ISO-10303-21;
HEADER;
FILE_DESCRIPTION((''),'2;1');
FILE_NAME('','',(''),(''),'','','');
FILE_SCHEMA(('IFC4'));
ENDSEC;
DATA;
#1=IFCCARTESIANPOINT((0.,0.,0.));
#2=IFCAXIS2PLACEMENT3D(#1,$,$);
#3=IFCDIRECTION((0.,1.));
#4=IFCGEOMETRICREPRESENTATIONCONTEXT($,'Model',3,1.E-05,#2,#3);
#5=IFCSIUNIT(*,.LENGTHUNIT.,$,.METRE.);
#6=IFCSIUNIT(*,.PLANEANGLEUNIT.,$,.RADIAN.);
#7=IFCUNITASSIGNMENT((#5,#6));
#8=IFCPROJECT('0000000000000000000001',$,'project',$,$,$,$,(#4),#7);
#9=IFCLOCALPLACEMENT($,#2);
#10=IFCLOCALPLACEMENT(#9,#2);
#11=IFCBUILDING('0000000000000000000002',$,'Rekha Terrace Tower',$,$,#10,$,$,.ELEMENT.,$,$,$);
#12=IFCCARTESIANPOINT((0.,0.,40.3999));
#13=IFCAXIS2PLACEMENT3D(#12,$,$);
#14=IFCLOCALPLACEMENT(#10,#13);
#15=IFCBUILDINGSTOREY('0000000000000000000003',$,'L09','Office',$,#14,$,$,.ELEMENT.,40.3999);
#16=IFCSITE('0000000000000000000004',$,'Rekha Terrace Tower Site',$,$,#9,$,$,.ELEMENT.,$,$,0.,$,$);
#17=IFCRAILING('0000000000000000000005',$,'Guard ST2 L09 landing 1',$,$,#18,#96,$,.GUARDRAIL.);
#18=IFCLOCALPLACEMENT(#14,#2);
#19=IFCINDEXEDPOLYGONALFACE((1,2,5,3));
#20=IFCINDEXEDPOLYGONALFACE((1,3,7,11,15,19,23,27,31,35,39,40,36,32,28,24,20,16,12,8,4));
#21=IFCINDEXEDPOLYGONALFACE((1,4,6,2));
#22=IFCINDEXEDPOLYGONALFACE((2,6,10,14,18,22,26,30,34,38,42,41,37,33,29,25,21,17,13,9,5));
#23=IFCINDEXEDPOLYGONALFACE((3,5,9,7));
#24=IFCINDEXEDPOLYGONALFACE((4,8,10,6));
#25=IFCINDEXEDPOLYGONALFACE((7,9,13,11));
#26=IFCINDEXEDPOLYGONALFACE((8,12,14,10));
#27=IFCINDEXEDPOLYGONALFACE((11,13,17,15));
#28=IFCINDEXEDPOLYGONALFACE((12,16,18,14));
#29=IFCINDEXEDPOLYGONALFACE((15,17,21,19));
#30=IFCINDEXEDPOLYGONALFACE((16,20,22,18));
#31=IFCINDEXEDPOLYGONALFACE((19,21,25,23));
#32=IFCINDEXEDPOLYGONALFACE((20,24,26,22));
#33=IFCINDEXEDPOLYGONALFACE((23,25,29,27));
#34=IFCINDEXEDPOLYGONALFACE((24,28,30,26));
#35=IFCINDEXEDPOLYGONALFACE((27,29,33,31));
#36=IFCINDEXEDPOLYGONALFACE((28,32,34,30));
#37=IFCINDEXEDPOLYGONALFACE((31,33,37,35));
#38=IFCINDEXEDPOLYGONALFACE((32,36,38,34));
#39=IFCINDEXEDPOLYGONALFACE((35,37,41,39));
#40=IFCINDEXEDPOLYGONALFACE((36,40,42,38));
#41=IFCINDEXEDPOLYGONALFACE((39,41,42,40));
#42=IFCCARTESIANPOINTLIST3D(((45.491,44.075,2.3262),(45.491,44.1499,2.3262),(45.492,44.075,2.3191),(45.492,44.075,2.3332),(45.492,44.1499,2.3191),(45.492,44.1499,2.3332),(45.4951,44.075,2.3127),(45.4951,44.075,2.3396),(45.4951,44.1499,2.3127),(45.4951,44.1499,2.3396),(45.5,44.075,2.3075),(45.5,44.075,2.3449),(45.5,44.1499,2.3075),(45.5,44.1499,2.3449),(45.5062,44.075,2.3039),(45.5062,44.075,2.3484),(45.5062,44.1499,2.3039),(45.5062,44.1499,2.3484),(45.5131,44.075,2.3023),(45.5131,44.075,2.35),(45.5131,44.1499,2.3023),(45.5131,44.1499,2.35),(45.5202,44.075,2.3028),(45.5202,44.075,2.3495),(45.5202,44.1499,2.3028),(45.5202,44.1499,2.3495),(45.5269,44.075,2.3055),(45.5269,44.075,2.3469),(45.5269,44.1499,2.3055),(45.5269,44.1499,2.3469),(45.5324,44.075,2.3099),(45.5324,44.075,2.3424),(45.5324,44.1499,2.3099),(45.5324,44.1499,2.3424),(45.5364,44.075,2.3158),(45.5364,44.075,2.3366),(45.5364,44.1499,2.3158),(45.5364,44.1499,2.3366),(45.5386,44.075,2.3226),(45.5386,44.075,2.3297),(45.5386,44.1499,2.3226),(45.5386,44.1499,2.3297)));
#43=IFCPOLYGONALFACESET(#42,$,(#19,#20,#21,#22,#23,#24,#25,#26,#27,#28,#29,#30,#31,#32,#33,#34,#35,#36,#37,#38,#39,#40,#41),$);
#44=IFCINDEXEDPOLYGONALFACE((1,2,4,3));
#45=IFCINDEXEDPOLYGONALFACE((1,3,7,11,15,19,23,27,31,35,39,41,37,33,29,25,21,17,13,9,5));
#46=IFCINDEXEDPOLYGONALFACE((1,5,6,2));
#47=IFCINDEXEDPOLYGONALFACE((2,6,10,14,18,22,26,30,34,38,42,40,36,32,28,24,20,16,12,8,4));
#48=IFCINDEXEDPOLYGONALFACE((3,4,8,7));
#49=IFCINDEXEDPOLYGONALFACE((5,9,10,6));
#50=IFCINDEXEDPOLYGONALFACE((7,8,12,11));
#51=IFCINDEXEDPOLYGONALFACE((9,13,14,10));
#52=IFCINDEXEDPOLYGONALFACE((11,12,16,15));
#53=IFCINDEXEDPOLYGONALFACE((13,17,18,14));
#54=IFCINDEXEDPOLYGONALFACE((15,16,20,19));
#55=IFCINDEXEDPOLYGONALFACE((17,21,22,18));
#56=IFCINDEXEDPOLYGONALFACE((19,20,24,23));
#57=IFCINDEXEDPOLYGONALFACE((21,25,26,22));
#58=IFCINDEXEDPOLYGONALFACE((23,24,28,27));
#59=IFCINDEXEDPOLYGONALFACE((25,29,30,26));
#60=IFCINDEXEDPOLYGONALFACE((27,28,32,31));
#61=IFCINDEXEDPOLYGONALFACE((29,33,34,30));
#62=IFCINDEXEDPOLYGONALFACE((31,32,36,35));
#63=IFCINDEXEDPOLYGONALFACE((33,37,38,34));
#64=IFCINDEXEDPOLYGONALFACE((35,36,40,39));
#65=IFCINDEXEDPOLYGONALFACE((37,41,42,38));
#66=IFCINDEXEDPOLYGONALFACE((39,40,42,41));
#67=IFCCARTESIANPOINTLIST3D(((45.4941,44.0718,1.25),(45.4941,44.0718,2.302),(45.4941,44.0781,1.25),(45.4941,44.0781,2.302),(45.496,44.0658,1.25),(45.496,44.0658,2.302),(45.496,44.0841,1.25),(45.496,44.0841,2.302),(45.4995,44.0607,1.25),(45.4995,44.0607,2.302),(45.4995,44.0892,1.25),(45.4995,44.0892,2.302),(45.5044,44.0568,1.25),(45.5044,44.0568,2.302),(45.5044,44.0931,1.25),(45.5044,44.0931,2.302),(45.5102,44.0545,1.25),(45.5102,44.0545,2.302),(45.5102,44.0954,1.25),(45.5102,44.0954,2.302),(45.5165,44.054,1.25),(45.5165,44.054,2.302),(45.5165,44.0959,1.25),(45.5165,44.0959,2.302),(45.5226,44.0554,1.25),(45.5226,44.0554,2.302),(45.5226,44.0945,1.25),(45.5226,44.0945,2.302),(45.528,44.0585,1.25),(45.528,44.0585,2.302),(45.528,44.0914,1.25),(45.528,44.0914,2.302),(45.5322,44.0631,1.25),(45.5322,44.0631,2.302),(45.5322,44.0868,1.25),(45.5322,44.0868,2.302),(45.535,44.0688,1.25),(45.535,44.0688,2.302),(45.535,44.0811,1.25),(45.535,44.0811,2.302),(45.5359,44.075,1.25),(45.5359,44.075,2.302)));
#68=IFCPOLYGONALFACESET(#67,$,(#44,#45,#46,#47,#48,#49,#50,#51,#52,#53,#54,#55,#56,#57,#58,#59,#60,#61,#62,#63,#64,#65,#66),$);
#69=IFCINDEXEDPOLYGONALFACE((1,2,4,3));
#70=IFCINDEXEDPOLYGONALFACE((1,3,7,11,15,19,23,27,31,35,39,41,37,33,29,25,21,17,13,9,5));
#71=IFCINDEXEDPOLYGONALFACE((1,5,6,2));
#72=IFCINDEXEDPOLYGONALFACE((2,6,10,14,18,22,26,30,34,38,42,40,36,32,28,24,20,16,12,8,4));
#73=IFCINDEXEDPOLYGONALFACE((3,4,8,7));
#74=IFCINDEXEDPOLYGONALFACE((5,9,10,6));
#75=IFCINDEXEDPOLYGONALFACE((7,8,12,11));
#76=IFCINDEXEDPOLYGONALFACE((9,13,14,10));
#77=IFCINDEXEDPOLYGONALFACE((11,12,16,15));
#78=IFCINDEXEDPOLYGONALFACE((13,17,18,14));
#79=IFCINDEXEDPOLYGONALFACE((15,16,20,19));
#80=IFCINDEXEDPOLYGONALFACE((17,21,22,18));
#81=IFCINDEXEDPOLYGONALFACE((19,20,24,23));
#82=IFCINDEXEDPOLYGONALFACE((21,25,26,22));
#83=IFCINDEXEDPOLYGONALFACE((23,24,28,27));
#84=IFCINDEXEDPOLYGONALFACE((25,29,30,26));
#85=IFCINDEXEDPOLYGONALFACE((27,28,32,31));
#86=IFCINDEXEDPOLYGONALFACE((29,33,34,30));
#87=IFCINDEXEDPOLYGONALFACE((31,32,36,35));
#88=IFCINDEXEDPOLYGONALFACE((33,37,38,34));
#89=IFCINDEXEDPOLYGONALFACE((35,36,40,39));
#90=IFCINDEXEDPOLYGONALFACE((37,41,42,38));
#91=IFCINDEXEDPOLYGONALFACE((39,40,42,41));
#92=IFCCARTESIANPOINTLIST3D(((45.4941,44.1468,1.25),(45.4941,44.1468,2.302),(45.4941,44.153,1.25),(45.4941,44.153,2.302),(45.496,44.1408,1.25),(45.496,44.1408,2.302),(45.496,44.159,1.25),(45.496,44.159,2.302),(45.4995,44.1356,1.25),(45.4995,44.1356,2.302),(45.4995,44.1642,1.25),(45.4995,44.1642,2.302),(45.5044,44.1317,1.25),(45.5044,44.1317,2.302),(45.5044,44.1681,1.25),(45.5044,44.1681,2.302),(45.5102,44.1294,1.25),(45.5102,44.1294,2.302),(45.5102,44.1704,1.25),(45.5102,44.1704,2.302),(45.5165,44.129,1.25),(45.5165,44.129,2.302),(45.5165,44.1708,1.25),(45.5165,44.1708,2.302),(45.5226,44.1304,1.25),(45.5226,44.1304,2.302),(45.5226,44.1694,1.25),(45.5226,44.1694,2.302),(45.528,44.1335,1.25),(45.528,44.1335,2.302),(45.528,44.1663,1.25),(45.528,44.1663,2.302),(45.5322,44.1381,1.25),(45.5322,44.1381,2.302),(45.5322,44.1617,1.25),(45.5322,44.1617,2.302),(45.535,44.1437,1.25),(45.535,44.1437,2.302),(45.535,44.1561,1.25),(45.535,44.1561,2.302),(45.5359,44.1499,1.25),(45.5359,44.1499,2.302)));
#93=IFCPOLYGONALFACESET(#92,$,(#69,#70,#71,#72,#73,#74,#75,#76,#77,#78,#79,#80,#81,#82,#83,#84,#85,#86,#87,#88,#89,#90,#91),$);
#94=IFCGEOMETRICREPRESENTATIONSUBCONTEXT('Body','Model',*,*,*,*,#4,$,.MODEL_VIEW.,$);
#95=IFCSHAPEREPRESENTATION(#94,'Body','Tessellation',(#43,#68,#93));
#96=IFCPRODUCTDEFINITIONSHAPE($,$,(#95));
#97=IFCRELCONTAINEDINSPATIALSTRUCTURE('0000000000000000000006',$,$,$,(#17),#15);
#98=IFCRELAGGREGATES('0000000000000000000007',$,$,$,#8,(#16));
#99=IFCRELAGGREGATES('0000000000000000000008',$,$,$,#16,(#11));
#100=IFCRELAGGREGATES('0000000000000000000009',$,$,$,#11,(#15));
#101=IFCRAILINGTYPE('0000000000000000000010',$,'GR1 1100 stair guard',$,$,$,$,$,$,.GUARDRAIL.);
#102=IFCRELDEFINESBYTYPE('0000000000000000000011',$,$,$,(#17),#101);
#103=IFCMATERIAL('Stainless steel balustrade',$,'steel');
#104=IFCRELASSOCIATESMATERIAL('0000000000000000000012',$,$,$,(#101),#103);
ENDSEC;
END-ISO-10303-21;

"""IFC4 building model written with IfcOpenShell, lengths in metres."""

from ifc_helpers import new_model, si_unit, direction, frame, origin, origin_2d, place, context, subcontext, project, spatial, circle, extrude, material, type_object, element, save


model = new_model("IFC4")

# Units and contexts
model_context = context("Model", 3, precision=1e-05, world=origin(), true_north=direction((0.0, 1.0)))
body_context = subcontext(model_context, "Body", "Model", "MODEL_VIEW")
ifc_project = project(units=[si_unit("LENGTHUNIT", "METRE"), si_unit("PLANEANGLEUNIT", "RADIAN")], contexts=[model_context])

# Site, building, storey
site_placement = place(None, origin())
site = spatial("IfcSite", under=ifc_project, at=site_placement, Name="Rekha Terrace Tower Site", CompositionType="ELEMENT", RefElevation=0.0)
building_placement = place(site_placement, origin())
building = spatial("IfcBuilding", under=site, at=building_placement, Name="Rekha Terrace Tower", CompositionType="ELEMENT")
storey_placement = place(building_placement, frame((0.0, 0.0, 40.3999)))
storey = spatial("IfcBuildingStorey", under=building, at=storey_placement, Name="L09", Description="Office", CompositionType="ELEMENT", Elevation=40.3999)

# Railing
ifc_material_1 = material(Name="Stainless steel balustrade", Category="steel")
railing_type = type_object("IfcRailingType", Name="GR1 1100 stair guard", PredefinedType="GUARDRAIL", material=ifc_material_1)
railing_1_placement = place(storey_placement, frame((45.5149, 44.075, 1.25)))
element("IfcRailing", 1, at=railing_1_placement, inside=storey, type_object=railing_type, Name="Guard ST2 L09 landing 1", PredefinedType="GUARDRAIL", context=body_context, shape_type="SweptSolid", body=[
    extrude(circle(Radius=0.0239, at=origin_2d()), frame((0.0, 0.0, 1.0762), z_axis=(0.0, 1.0, 0.0), x_axis=(-1.0, 0.0, 0.0)), (0.0, 0.0, 1.0), 0.075),
    extrude(circle(Radius=0.021, at=origin_2d()), origin(), (0.0, 0.0, 1.0), 1.052),
    extrude(circle(Radius=0.021, at=origin_2d()), frame((0.0, 0.075, 0.0)), (0.0, 0.0, 1.0), 1.052),
])

save(model, "model.ifc")
